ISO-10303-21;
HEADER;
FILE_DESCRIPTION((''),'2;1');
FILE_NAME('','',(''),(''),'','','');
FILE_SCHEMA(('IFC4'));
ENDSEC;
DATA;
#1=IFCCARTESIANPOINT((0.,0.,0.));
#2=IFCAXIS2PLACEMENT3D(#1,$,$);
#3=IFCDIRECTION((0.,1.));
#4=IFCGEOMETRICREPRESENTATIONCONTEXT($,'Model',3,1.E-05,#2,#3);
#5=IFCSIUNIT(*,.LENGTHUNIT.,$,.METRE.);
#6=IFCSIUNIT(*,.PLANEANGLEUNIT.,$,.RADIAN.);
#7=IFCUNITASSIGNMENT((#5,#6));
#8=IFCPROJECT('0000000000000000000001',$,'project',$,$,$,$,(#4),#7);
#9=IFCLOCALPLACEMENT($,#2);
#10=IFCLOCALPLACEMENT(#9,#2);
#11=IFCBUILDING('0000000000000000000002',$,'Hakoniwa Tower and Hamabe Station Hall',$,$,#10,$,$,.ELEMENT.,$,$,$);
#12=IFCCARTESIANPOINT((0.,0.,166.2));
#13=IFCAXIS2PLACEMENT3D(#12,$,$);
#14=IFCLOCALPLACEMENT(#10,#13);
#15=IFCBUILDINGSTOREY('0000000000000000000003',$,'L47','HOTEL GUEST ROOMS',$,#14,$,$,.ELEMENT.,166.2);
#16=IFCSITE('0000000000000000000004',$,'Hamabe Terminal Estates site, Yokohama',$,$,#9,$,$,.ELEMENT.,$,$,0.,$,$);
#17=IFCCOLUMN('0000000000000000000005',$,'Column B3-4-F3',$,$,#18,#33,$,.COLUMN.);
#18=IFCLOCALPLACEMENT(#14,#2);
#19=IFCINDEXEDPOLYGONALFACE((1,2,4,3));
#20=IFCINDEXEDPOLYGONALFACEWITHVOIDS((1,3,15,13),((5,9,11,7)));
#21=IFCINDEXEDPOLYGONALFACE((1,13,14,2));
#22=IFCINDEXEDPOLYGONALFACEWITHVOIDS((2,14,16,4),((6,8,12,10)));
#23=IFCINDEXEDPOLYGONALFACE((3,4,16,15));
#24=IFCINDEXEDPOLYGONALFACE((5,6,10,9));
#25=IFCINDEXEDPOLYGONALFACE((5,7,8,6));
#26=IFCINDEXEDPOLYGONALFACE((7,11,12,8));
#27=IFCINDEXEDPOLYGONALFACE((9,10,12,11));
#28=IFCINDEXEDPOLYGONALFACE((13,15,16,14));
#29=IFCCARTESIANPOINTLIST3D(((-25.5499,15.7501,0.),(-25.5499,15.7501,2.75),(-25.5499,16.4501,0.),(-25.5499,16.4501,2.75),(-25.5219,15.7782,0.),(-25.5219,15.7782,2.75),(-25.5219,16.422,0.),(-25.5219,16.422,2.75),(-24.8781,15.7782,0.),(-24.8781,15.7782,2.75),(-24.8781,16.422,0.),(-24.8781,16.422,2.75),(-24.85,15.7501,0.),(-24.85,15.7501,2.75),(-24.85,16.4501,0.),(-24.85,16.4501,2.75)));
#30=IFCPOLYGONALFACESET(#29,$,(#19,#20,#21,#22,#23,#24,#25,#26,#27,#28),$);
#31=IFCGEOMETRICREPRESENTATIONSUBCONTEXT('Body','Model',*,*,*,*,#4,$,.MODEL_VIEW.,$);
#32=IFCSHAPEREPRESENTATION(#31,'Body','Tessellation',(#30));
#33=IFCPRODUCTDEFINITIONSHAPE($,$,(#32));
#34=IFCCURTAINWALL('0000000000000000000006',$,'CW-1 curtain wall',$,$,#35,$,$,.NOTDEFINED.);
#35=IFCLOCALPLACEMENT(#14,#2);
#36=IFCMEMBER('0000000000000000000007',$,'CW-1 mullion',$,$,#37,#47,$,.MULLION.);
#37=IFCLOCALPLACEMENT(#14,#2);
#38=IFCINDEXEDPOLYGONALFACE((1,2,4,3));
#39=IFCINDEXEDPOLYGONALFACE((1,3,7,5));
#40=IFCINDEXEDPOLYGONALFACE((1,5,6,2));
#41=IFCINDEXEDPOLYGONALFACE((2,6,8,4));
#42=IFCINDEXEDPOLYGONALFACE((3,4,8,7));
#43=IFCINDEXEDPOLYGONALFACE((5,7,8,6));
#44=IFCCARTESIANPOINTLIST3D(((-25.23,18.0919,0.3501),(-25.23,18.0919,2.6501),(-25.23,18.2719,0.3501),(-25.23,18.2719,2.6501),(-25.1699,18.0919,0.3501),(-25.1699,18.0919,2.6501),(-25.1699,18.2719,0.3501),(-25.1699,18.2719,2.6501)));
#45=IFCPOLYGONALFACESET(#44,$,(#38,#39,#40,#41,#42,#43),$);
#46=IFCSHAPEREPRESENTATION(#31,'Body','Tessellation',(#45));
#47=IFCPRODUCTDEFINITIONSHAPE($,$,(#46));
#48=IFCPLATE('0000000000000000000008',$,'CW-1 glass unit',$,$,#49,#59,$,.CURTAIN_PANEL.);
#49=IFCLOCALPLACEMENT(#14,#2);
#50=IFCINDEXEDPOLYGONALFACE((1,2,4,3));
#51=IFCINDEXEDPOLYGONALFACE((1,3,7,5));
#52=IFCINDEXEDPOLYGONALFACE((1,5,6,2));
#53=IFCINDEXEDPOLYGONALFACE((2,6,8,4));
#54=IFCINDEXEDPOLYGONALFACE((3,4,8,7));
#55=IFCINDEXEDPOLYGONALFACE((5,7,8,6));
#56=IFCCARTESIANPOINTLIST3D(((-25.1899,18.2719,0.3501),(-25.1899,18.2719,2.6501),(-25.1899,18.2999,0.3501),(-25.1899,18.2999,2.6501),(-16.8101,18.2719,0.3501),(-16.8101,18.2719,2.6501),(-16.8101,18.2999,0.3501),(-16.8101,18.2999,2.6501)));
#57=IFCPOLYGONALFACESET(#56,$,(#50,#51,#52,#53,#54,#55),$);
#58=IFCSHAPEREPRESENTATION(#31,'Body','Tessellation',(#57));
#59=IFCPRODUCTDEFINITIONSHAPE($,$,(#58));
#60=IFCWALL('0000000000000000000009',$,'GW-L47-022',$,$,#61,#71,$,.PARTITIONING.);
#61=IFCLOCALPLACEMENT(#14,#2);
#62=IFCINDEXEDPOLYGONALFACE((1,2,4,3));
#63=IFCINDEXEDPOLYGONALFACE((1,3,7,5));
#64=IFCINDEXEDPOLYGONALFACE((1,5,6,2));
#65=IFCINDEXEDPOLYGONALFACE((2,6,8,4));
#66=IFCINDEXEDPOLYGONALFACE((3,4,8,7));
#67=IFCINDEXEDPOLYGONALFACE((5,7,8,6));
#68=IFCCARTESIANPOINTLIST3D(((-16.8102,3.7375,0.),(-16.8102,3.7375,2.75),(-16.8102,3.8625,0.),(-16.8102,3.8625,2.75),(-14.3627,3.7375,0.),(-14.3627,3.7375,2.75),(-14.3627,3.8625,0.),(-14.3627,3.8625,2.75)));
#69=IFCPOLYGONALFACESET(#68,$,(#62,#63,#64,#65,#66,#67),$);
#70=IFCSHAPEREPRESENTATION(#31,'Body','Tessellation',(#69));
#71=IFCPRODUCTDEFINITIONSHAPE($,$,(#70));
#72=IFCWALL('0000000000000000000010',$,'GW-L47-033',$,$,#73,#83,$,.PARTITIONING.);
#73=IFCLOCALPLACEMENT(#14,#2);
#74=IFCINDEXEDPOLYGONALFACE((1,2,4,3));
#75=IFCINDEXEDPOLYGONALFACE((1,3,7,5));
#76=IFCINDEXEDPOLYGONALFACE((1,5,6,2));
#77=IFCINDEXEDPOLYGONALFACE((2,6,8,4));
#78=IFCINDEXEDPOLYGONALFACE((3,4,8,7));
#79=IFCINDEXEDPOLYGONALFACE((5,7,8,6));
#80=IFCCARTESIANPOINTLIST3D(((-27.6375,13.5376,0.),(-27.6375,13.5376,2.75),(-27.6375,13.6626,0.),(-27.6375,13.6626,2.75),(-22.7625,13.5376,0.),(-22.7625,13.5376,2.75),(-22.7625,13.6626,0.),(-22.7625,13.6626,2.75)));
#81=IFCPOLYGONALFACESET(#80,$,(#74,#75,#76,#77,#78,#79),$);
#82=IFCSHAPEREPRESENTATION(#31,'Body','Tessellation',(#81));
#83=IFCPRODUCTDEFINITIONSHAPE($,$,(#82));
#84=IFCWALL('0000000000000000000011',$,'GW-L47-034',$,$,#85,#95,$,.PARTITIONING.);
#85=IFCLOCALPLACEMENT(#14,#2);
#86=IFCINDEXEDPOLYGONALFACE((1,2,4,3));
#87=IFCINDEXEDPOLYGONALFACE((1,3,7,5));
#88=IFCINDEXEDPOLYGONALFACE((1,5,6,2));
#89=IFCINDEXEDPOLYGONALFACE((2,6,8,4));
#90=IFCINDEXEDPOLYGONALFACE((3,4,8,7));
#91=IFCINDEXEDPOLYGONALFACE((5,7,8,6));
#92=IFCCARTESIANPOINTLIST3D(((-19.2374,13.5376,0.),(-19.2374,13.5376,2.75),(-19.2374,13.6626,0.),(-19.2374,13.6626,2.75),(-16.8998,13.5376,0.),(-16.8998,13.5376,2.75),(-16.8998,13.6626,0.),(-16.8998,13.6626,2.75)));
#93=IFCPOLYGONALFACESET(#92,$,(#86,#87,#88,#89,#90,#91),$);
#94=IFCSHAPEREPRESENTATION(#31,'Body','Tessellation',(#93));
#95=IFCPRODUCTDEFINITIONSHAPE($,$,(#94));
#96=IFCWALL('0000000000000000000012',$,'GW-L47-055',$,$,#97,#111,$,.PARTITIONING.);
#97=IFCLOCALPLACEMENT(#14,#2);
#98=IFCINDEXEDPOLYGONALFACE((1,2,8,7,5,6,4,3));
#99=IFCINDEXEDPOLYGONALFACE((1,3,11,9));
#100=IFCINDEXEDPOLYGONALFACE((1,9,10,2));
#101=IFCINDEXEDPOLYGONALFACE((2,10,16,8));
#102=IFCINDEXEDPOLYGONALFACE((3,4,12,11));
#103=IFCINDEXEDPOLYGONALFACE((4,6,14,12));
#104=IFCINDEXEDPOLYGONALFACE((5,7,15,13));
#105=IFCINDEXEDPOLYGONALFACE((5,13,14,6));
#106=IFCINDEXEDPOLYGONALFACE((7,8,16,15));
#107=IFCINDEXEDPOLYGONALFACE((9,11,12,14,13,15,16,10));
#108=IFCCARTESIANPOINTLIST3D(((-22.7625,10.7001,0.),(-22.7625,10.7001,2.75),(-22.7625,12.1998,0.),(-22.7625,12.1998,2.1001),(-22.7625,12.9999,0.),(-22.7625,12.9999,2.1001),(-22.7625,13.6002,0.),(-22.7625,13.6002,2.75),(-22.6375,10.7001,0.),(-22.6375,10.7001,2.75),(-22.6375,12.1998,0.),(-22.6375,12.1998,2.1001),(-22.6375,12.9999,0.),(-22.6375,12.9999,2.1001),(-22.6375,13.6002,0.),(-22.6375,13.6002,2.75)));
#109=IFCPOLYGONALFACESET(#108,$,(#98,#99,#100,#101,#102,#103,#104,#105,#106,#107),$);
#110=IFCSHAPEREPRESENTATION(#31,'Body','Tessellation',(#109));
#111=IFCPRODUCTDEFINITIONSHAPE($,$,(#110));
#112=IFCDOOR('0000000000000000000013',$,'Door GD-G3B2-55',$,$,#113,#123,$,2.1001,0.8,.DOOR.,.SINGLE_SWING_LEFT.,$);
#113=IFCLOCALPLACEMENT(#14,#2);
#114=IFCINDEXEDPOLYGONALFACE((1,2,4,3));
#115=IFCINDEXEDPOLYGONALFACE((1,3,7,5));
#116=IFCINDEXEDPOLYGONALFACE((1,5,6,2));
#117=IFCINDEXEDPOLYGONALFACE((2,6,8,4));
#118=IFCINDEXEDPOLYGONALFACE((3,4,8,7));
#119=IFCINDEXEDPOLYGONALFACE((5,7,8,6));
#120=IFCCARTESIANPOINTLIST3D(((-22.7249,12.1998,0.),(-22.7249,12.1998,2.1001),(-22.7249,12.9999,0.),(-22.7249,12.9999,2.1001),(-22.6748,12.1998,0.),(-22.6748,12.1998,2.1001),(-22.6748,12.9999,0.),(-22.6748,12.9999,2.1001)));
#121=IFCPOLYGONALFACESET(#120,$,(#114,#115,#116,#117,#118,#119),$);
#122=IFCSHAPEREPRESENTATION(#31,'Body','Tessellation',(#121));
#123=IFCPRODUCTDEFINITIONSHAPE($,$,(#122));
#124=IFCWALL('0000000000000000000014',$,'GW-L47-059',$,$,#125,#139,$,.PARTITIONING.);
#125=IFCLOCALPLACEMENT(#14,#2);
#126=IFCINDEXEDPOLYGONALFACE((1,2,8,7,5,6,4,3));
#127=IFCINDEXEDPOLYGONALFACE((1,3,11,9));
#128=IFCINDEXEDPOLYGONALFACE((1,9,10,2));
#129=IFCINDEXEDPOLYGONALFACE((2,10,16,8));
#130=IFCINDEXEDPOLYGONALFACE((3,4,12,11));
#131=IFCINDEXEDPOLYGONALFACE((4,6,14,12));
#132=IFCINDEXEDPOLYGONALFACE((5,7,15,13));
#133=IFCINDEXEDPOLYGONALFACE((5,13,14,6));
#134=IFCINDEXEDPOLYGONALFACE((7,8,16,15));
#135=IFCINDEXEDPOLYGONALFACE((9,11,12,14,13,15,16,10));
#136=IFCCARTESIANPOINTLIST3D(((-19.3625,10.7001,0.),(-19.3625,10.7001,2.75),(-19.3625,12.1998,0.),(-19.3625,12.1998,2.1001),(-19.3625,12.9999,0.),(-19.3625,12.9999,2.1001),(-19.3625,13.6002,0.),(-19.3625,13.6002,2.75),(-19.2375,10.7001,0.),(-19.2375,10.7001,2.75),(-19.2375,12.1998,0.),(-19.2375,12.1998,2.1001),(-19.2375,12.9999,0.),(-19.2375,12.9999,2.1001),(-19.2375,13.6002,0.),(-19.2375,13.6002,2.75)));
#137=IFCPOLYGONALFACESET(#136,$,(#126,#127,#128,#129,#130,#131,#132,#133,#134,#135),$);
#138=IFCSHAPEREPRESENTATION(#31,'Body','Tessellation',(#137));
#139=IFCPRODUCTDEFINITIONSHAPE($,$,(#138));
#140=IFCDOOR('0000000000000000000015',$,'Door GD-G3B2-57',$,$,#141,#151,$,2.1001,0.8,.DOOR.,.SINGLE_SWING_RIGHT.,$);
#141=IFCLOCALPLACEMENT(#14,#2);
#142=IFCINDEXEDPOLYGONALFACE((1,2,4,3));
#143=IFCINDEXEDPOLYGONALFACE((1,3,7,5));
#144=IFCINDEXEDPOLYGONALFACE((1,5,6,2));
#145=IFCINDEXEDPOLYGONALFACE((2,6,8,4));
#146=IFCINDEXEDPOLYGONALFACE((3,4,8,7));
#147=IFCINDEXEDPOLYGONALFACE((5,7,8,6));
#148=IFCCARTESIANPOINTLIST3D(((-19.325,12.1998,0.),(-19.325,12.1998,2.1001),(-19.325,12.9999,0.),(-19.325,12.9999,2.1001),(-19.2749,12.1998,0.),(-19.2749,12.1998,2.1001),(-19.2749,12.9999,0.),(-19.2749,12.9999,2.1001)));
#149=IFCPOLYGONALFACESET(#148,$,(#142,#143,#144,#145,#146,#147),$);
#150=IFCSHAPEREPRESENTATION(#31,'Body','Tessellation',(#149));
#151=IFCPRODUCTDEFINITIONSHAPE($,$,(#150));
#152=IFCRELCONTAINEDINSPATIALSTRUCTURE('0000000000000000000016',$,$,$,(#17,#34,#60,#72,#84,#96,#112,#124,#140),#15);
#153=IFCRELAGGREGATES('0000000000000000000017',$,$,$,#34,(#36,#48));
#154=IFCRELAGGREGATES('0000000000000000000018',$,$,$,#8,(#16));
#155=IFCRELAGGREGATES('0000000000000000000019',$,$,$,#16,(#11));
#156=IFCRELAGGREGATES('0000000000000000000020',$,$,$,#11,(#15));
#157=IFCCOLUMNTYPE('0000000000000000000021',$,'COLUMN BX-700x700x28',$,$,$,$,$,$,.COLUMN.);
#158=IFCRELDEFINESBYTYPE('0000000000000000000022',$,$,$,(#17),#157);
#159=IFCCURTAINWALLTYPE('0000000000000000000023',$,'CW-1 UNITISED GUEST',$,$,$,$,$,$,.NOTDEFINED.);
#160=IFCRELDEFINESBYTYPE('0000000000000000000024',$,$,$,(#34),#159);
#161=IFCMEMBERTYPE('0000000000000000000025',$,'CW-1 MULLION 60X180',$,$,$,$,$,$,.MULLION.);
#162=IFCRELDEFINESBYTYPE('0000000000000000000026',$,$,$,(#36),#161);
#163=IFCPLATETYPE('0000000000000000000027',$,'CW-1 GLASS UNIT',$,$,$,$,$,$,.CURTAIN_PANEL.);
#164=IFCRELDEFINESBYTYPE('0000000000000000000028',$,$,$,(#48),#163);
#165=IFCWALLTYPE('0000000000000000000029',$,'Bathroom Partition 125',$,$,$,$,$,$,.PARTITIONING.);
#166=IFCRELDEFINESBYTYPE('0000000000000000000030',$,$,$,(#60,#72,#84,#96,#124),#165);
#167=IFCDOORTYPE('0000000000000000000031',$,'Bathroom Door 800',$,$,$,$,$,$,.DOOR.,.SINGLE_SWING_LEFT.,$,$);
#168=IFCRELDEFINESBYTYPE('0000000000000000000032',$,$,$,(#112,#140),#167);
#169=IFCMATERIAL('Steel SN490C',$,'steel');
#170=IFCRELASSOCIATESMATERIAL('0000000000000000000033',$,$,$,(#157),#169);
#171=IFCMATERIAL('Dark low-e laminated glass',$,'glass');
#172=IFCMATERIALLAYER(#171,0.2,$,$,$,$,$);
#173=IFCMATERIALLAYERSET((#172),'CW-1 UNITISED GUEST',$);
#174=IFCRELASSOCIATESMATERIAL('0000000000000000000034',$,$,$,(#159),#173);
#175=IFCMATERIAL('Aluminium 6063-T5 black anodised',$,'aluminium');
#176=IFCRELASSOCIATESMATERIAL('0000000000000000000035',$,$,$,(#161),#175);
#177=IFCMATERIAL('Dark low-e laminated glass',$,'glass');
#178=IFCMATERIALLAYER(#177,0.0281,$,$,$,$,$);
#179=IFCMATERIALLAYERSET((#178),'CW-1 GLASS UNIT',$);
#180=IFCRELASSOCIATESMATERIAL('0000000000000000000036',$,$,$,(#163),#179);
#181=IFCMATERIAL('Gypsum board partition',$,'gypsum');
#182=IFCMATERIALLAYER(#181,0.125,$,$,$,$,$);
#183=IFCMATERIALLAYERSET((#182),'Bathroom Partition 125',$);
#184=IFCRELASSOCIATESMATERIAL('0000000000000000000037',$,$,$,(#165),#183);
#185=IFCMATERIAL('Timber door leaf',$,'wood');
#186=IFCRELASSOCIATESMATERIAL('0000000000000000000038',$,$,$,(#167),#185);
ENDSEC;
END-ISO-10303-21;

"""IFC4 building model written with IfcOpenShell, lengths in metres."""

from ifc_helpers import new_model, si_unit, direction, frame, frame_2d, origin, origin_2d, place, context, subcontext, project, spatial, rectangle, hollow_rectangle, extrude, material, layer, layer_set, material_profile, profile_set, type_object, element, fill, aggregate, save


model = new_model("IFC4")

# Units and contexts
model_context = context("Model", 3, precision=1e-05, world=origin(), true_north=direction((0.0, 1.0)))
body_context = subcontext(model_context, "Body", "Model", "MODEL_VIEW")
ifc_project = project(units=[si_unit("LENGTHUNIT", "METRE"), si_unit("PLANEANGLEUNIT", "RADIAN")], contexts=[model_context])

# Site, building, storey
site_placement = place(None, origin())
site = spatial("IfcSite", under=ifc_project, at=site_placement, Name="Hamabe Terminal Estates site, Yokohama", CompositionType="ELEMENT", RefElevation=0.0)
building_placement = place(site_placement, origin())
building = spatial("IfcBuilding", under=site, at=building_placement, Name="Hakoniwa Tower and Hamabe Station Hall", CompositionType="ELEMENT")
storey_placement = place(building_placement, frame((0.0, 0.0, 166.2)))
storey = spatial("IfcBuildingStorey", under=building, at=storey_placement, Name="L47", Description="HOTEL GUEST ROOMS", CompositionType="ELEMENT", Elevation=166.2)

# Column
ifc_material_1 = material(Name="Steel SN490C", Category="steel")
ifc_material_profile_1 = material_profile(ifc_material_1, hollow_rectangle(XDim=0.7, YDim=0.7, WallThickness=0.0281, at=origin_2d()), Name="BX-700x700x28")
ifc_profile_set_1 = profile_set([ifc_material_profile_1], Name="Steel SN490C")
column_type = type_object("IfcColumnType", Name="COLUMN BX-700x700x28", PredefinedType="COLUMN", material=ifc_profile_set_1)
column_placement = place(storey_placement, frame((-25.2, 16.1001, 0.0), z_axis=(0.0, 0.0, 1.0), x_axis=(1.0, 0.0, 0.0)))
element("IfcColumn", 1, at=column_placement, inside=storey, type_object=column_type, Name="Column B3-4-F3", PredefinedType="COLUMN", context=body_context, shape_type="SweptSolid", body=[
    extrude(hollow_rectangle(XDim=0.7, YDim=0.7, WallThickness=0.0281, at=origin_2d()), origin(), (0.0, 0.0, 1.0), 2.75),
])

# Curtain wall, member, plate
ifc_material_2 = material(Name="Dark low-e laminated glass", Category="glass")
ifc_layer_1 = layer(ifc_material_2, 0.2)
ifc_layer_set_1 = layer_set([ifc_layer_1], Name="CW-1 UNITISED GUEST")
curtain_wall_type = type_object("IfcCurtainWallType", Name="CW-1 UNITISED GUEST", PredefinedType="NOTDEFINED", material=ifc_layer_set_1)
curtain_wall_placement = place(storey_placement, origin())
curtain_wall = element("IfcCurtainWall", 2, at=curtain_wall_placement, inside=storey, type_object=curtain_wall_type, Name="CW-1 curtain wall", PredefinedType="NOTDEFINED")
ifc_material_3 = material(Name="Aluminium 6063-T5 black anodised", Category="aluminium")
ifc_material_profile_2 = material_profile(ifc_material_3, rectangle(XDim=0.0601, YDim=0.1799, at=origin_2d()), Name="CW-1 MULLION 60X180")
ifc_profile_set_2 = profile_set([ifc_material_profile_2], Name="Aluminium 6063-T5 black anodised")
member_type = type_object("IfcMemberType", Name="CW-1 MULLION 60X180", PredefinedType="MULLION", material=ifc_profile_set_2)
member_placement = place(storey_placement, frame((-25.2, 18.1819, 0.3501), z_axis=(0.0, 0.0, 1.0), x_axis=(-1.0, 0.0, 0.0)))
member = element("IfcMember", 3, at=member_placement, type_object=member_type, Name="CW-1 mullion", PredefinedType="MULLION", context=body_context, shape_type="SweptSolid", body=[
    extrude(rectangle(XDim=0.0601, YDim=0.1799, at=origin_2d()), origin(), (0.0, 0.0, 1.0), 2.3),
])
ifc_material_4 = material(Name="Dark low-e laminated glass", Category="glass")
ifc_layer_2 = layer(ifc_material_4, 0.0281)
ifc_layer_set_2 = layer_set([ifc_layer_2], Name="CW-1 GLASS UNIT")
plate_type = type_object("IfcPlateType", Name="CW-1 GLASS UNIT", PredefinedType="CURTAIN_PANEL", material=ifc_layer_set_2)
plate_placement = place(storey_placement, frame((-21.0, 18.2859, 0.3501), z_axis=(0.0, 0.0, 1.0), x_axis=(-1.0, 0.0, 0.0)))
plate = element("IfcPlate", 4, at=plate_placement, type_object=plate_type, Name="CW-1 glass unit", PredefinedType="CURTAIN_PANEL", context=body_context, shape_type="SweptSolid", body=[
    extrude(rectangle(XDim=8.3799, YDim=0.0281, at=origin_2d()), origin(), (0.0, 0.0, 1.0), 2.3),
])
aggregate(curtain_wall, [member, plate])

# Walls
ifc_material_5 = material(Name="Gypsum board partition", Category="gypsum")
ifc_layer_3 = layer(ifc_material_5, 0.125)
ifc_layer_set_3 = layer_set([ifc_layer_3], Name="Bathroom Partition 125")
wall_type_1 = type_object("IfcWallType", Name="Bathroom Partition 125", PredefinedType="PARTITIONING", material=ifc_layer_set_3)
wall_1_placement = place(storey_placement, frame((-16.8101, 3.8, 0.0), z_axis=(0.0, 0.0, 1.0), x_axis=(1.0, 0.0, 0.0)))
element("IfcWall", 5, at=wall_1_placement, inside=storey, type_object=wall_type_1, Name="GW-L47-022", PredefinedType="PARTITIONING", context=body_context, shape_type="SweptSolid", body=[
    extrude(rectangle(XDim=2.4475, YDim=0.125, at=frame_2d((1.2236, 0.0))), origin(), (0.0, 0.0, 1.0), 2.75),
])
wall_2_placement = place(storey_placement, frame((-27.6375, 13.6001, 0.0), z_axis=(0.0, 0.0, 1.0), x_axis=(1.0, 0.0, 0.0)))
element("IfcWall", 6, at=wall_2_placement, inside=storey, type_object=wall_type_1, Name="GW-L47-033", PredefinedType="PARTITIONING", context=body_context, shape_type="SweptSolid", body=[
    extrude(rectangle(XDim=4.875, YDim=0.125, at=frame_2d((2.4375, 0.0))), origin(), (0.0, 0.0, 1.0), 2.75),
])
wall_3_placement = place(storey_placement, frame((-19.2375, 13.6001, 0.0), z_axis=(0.0, 0.0, 1.0), x_axis=(1.0, 0.0, 0.0)))
element("IfcWall", 7, at=wall_3_placement, inside=storey, type_object=wall_type_1, Name="GW-L47-034", PredefinedType="PARTITIONING", context=body_context, shape_type="SweptSolid", body=[
    extrude(rectangle(XDim=2.3376, YDim=0.125, at=frame_2d((1.1689, 0.0))), origin(), (0.0, 0.0, 1.0), 2.75),
])

# Walls, openings, doors
wall_4_placement = place(storey_placement, frame((-22.7, 10.7, 0.0), z_axis=(0.0, 0.0, 1.0), x_axis=(0.0, 1.0, 0.0)))
wall_4 = element("IfcWall", 8, at=wall_4_placement, inside=storey, type_object=wall_type_1, Name="GW-L47-055", PredefinedType="PARTITIONING", context=body_context, shape_type="SweptSolid", body=[
    extrude(rectangle(XDim=2.9001, YDim=0.125, at=frame_2d((1.4502, 0.0))), origin(), (0.0, 0.0, 1.0), 2.75),
])
opening_1_placement = place(wall_4_placement, frame((1.5, 0.0, 0.0)))
opening_1 = element("IfcOpeningElement", 9, at=opening_1_placement, cuts=wall_4, PredefinedType="OPENING", context=body_context, shape_type="SweptSolid", body=[
    extrude(rectangle(XDim=0.8, YDim=2.1001, at=frame_2d((0.3999, 1.05))), frame((0.0, 0.0725, 0.0), z_axis=(0.0, -1.0, 0.0), x_axis=(1.0, 0.0, 0.0)), (0.0, 0.0, 1.0), 0.145),
])
ifc_material_6 = material(Name="Timber door leaf", Category="wood")
door_type_1 = type_object("IfcDoorType", Name="Bathroom Door 800", OperationType="SINGLE_SWING_LEFT", PredefinedType="DOOR", material=ifc_material_6)
door_1_placement = place(opening_1_placement, origin())
door_1 = element("IfcDoor", 10, at=door_1_placement, inside=storey, type_object=door_type_1, Name="Door GD-G3B2-55", OperationType="SINGLE_SWING_LEFT", OverallHeight=2.1001, OverallWidth=0.8, PredefinedType="DOOR", context=body_context, shape_type="SweptSolid", body=[
    extrude(rectangle(XDim=0.8, YDim=2.1001, at=frame_2d((0.3999, 1.05))), frame((0.0, 0.0249, 0.0), z_axis=(0.0, -1.0, 0.0), x_axis=(1.0, 0.0, 0.0)), (0.0, 0.0, 1.0), 0.05),
])
fill(opening_1, door_1)
wall_5_placement = place(storey_placement, frame((-19.3, 10.7, 0.0), z_axis=(0.0, 0.0, 1.0), x_axis=(0.0, 1.0, 0.0)))
wall_5 = element("IfcWall", 11, at=wall_5_placement, inside=storey, type_object=wall_type_1, Name="GW-L47-059", PredefinedType="PARTITIONING", context=body_context, shape_type="SweptSolid", body=[
    extrude(rectangle(XDim=2.9001, YDim=0.125, at=frame_2d((1.4502, 0.0))), origin(), (0.0, 0.0, 1.0), 2.75),
])
opening_2_placement = place(wall_5_placement, frame((1.5, 0.0, 0.0)))
opening_2 = element("IfcOpeningElement", 12, at=opening_2_placement, cuts=wall_5, PredefinedType="OPENING", context=body_context, shape_type="SweptSolid", body=[
    extrude(rectangle(XDim=0.8, YDim=2.1001, at=frame_2d((0.3999, 1.05))), frame((0.0, 0.0725, 0.0), z_axis=(0.0, -1.0, 0.0), x_axis=(1.0, 0.0, 0.0)), (0.0, 0.0, 1.0), 0.145),
])
door_2_placement = place(opening_2_placement, origin())
door_2 = element("IfcDoor", 13, at=door_2_placement, inside=storey, type_object=door_type_1, Name="Door GD-G3B2-57", OperationType="SINGLE_SWING_RIGHT", OverallHeight=2.1001, OverallWidth=0.8, PredefinedType="DOOR", context=body_context, shape_type="SweptSolid", body=[
    extrude(rectangle(XDim=0.8, YDim=2.1001, at=frame_2d((0.3999, 1.05))), frame((0.0, 0.0249, 0.0), z_axis=(0.0, -1.0, 0.0), x_axis=(1.0, 0.0, 0.0)), (0.0, 0.0, 1.0), 0.05),
])
fill(opening_2, door_2)

save(model, "model.ifc")
